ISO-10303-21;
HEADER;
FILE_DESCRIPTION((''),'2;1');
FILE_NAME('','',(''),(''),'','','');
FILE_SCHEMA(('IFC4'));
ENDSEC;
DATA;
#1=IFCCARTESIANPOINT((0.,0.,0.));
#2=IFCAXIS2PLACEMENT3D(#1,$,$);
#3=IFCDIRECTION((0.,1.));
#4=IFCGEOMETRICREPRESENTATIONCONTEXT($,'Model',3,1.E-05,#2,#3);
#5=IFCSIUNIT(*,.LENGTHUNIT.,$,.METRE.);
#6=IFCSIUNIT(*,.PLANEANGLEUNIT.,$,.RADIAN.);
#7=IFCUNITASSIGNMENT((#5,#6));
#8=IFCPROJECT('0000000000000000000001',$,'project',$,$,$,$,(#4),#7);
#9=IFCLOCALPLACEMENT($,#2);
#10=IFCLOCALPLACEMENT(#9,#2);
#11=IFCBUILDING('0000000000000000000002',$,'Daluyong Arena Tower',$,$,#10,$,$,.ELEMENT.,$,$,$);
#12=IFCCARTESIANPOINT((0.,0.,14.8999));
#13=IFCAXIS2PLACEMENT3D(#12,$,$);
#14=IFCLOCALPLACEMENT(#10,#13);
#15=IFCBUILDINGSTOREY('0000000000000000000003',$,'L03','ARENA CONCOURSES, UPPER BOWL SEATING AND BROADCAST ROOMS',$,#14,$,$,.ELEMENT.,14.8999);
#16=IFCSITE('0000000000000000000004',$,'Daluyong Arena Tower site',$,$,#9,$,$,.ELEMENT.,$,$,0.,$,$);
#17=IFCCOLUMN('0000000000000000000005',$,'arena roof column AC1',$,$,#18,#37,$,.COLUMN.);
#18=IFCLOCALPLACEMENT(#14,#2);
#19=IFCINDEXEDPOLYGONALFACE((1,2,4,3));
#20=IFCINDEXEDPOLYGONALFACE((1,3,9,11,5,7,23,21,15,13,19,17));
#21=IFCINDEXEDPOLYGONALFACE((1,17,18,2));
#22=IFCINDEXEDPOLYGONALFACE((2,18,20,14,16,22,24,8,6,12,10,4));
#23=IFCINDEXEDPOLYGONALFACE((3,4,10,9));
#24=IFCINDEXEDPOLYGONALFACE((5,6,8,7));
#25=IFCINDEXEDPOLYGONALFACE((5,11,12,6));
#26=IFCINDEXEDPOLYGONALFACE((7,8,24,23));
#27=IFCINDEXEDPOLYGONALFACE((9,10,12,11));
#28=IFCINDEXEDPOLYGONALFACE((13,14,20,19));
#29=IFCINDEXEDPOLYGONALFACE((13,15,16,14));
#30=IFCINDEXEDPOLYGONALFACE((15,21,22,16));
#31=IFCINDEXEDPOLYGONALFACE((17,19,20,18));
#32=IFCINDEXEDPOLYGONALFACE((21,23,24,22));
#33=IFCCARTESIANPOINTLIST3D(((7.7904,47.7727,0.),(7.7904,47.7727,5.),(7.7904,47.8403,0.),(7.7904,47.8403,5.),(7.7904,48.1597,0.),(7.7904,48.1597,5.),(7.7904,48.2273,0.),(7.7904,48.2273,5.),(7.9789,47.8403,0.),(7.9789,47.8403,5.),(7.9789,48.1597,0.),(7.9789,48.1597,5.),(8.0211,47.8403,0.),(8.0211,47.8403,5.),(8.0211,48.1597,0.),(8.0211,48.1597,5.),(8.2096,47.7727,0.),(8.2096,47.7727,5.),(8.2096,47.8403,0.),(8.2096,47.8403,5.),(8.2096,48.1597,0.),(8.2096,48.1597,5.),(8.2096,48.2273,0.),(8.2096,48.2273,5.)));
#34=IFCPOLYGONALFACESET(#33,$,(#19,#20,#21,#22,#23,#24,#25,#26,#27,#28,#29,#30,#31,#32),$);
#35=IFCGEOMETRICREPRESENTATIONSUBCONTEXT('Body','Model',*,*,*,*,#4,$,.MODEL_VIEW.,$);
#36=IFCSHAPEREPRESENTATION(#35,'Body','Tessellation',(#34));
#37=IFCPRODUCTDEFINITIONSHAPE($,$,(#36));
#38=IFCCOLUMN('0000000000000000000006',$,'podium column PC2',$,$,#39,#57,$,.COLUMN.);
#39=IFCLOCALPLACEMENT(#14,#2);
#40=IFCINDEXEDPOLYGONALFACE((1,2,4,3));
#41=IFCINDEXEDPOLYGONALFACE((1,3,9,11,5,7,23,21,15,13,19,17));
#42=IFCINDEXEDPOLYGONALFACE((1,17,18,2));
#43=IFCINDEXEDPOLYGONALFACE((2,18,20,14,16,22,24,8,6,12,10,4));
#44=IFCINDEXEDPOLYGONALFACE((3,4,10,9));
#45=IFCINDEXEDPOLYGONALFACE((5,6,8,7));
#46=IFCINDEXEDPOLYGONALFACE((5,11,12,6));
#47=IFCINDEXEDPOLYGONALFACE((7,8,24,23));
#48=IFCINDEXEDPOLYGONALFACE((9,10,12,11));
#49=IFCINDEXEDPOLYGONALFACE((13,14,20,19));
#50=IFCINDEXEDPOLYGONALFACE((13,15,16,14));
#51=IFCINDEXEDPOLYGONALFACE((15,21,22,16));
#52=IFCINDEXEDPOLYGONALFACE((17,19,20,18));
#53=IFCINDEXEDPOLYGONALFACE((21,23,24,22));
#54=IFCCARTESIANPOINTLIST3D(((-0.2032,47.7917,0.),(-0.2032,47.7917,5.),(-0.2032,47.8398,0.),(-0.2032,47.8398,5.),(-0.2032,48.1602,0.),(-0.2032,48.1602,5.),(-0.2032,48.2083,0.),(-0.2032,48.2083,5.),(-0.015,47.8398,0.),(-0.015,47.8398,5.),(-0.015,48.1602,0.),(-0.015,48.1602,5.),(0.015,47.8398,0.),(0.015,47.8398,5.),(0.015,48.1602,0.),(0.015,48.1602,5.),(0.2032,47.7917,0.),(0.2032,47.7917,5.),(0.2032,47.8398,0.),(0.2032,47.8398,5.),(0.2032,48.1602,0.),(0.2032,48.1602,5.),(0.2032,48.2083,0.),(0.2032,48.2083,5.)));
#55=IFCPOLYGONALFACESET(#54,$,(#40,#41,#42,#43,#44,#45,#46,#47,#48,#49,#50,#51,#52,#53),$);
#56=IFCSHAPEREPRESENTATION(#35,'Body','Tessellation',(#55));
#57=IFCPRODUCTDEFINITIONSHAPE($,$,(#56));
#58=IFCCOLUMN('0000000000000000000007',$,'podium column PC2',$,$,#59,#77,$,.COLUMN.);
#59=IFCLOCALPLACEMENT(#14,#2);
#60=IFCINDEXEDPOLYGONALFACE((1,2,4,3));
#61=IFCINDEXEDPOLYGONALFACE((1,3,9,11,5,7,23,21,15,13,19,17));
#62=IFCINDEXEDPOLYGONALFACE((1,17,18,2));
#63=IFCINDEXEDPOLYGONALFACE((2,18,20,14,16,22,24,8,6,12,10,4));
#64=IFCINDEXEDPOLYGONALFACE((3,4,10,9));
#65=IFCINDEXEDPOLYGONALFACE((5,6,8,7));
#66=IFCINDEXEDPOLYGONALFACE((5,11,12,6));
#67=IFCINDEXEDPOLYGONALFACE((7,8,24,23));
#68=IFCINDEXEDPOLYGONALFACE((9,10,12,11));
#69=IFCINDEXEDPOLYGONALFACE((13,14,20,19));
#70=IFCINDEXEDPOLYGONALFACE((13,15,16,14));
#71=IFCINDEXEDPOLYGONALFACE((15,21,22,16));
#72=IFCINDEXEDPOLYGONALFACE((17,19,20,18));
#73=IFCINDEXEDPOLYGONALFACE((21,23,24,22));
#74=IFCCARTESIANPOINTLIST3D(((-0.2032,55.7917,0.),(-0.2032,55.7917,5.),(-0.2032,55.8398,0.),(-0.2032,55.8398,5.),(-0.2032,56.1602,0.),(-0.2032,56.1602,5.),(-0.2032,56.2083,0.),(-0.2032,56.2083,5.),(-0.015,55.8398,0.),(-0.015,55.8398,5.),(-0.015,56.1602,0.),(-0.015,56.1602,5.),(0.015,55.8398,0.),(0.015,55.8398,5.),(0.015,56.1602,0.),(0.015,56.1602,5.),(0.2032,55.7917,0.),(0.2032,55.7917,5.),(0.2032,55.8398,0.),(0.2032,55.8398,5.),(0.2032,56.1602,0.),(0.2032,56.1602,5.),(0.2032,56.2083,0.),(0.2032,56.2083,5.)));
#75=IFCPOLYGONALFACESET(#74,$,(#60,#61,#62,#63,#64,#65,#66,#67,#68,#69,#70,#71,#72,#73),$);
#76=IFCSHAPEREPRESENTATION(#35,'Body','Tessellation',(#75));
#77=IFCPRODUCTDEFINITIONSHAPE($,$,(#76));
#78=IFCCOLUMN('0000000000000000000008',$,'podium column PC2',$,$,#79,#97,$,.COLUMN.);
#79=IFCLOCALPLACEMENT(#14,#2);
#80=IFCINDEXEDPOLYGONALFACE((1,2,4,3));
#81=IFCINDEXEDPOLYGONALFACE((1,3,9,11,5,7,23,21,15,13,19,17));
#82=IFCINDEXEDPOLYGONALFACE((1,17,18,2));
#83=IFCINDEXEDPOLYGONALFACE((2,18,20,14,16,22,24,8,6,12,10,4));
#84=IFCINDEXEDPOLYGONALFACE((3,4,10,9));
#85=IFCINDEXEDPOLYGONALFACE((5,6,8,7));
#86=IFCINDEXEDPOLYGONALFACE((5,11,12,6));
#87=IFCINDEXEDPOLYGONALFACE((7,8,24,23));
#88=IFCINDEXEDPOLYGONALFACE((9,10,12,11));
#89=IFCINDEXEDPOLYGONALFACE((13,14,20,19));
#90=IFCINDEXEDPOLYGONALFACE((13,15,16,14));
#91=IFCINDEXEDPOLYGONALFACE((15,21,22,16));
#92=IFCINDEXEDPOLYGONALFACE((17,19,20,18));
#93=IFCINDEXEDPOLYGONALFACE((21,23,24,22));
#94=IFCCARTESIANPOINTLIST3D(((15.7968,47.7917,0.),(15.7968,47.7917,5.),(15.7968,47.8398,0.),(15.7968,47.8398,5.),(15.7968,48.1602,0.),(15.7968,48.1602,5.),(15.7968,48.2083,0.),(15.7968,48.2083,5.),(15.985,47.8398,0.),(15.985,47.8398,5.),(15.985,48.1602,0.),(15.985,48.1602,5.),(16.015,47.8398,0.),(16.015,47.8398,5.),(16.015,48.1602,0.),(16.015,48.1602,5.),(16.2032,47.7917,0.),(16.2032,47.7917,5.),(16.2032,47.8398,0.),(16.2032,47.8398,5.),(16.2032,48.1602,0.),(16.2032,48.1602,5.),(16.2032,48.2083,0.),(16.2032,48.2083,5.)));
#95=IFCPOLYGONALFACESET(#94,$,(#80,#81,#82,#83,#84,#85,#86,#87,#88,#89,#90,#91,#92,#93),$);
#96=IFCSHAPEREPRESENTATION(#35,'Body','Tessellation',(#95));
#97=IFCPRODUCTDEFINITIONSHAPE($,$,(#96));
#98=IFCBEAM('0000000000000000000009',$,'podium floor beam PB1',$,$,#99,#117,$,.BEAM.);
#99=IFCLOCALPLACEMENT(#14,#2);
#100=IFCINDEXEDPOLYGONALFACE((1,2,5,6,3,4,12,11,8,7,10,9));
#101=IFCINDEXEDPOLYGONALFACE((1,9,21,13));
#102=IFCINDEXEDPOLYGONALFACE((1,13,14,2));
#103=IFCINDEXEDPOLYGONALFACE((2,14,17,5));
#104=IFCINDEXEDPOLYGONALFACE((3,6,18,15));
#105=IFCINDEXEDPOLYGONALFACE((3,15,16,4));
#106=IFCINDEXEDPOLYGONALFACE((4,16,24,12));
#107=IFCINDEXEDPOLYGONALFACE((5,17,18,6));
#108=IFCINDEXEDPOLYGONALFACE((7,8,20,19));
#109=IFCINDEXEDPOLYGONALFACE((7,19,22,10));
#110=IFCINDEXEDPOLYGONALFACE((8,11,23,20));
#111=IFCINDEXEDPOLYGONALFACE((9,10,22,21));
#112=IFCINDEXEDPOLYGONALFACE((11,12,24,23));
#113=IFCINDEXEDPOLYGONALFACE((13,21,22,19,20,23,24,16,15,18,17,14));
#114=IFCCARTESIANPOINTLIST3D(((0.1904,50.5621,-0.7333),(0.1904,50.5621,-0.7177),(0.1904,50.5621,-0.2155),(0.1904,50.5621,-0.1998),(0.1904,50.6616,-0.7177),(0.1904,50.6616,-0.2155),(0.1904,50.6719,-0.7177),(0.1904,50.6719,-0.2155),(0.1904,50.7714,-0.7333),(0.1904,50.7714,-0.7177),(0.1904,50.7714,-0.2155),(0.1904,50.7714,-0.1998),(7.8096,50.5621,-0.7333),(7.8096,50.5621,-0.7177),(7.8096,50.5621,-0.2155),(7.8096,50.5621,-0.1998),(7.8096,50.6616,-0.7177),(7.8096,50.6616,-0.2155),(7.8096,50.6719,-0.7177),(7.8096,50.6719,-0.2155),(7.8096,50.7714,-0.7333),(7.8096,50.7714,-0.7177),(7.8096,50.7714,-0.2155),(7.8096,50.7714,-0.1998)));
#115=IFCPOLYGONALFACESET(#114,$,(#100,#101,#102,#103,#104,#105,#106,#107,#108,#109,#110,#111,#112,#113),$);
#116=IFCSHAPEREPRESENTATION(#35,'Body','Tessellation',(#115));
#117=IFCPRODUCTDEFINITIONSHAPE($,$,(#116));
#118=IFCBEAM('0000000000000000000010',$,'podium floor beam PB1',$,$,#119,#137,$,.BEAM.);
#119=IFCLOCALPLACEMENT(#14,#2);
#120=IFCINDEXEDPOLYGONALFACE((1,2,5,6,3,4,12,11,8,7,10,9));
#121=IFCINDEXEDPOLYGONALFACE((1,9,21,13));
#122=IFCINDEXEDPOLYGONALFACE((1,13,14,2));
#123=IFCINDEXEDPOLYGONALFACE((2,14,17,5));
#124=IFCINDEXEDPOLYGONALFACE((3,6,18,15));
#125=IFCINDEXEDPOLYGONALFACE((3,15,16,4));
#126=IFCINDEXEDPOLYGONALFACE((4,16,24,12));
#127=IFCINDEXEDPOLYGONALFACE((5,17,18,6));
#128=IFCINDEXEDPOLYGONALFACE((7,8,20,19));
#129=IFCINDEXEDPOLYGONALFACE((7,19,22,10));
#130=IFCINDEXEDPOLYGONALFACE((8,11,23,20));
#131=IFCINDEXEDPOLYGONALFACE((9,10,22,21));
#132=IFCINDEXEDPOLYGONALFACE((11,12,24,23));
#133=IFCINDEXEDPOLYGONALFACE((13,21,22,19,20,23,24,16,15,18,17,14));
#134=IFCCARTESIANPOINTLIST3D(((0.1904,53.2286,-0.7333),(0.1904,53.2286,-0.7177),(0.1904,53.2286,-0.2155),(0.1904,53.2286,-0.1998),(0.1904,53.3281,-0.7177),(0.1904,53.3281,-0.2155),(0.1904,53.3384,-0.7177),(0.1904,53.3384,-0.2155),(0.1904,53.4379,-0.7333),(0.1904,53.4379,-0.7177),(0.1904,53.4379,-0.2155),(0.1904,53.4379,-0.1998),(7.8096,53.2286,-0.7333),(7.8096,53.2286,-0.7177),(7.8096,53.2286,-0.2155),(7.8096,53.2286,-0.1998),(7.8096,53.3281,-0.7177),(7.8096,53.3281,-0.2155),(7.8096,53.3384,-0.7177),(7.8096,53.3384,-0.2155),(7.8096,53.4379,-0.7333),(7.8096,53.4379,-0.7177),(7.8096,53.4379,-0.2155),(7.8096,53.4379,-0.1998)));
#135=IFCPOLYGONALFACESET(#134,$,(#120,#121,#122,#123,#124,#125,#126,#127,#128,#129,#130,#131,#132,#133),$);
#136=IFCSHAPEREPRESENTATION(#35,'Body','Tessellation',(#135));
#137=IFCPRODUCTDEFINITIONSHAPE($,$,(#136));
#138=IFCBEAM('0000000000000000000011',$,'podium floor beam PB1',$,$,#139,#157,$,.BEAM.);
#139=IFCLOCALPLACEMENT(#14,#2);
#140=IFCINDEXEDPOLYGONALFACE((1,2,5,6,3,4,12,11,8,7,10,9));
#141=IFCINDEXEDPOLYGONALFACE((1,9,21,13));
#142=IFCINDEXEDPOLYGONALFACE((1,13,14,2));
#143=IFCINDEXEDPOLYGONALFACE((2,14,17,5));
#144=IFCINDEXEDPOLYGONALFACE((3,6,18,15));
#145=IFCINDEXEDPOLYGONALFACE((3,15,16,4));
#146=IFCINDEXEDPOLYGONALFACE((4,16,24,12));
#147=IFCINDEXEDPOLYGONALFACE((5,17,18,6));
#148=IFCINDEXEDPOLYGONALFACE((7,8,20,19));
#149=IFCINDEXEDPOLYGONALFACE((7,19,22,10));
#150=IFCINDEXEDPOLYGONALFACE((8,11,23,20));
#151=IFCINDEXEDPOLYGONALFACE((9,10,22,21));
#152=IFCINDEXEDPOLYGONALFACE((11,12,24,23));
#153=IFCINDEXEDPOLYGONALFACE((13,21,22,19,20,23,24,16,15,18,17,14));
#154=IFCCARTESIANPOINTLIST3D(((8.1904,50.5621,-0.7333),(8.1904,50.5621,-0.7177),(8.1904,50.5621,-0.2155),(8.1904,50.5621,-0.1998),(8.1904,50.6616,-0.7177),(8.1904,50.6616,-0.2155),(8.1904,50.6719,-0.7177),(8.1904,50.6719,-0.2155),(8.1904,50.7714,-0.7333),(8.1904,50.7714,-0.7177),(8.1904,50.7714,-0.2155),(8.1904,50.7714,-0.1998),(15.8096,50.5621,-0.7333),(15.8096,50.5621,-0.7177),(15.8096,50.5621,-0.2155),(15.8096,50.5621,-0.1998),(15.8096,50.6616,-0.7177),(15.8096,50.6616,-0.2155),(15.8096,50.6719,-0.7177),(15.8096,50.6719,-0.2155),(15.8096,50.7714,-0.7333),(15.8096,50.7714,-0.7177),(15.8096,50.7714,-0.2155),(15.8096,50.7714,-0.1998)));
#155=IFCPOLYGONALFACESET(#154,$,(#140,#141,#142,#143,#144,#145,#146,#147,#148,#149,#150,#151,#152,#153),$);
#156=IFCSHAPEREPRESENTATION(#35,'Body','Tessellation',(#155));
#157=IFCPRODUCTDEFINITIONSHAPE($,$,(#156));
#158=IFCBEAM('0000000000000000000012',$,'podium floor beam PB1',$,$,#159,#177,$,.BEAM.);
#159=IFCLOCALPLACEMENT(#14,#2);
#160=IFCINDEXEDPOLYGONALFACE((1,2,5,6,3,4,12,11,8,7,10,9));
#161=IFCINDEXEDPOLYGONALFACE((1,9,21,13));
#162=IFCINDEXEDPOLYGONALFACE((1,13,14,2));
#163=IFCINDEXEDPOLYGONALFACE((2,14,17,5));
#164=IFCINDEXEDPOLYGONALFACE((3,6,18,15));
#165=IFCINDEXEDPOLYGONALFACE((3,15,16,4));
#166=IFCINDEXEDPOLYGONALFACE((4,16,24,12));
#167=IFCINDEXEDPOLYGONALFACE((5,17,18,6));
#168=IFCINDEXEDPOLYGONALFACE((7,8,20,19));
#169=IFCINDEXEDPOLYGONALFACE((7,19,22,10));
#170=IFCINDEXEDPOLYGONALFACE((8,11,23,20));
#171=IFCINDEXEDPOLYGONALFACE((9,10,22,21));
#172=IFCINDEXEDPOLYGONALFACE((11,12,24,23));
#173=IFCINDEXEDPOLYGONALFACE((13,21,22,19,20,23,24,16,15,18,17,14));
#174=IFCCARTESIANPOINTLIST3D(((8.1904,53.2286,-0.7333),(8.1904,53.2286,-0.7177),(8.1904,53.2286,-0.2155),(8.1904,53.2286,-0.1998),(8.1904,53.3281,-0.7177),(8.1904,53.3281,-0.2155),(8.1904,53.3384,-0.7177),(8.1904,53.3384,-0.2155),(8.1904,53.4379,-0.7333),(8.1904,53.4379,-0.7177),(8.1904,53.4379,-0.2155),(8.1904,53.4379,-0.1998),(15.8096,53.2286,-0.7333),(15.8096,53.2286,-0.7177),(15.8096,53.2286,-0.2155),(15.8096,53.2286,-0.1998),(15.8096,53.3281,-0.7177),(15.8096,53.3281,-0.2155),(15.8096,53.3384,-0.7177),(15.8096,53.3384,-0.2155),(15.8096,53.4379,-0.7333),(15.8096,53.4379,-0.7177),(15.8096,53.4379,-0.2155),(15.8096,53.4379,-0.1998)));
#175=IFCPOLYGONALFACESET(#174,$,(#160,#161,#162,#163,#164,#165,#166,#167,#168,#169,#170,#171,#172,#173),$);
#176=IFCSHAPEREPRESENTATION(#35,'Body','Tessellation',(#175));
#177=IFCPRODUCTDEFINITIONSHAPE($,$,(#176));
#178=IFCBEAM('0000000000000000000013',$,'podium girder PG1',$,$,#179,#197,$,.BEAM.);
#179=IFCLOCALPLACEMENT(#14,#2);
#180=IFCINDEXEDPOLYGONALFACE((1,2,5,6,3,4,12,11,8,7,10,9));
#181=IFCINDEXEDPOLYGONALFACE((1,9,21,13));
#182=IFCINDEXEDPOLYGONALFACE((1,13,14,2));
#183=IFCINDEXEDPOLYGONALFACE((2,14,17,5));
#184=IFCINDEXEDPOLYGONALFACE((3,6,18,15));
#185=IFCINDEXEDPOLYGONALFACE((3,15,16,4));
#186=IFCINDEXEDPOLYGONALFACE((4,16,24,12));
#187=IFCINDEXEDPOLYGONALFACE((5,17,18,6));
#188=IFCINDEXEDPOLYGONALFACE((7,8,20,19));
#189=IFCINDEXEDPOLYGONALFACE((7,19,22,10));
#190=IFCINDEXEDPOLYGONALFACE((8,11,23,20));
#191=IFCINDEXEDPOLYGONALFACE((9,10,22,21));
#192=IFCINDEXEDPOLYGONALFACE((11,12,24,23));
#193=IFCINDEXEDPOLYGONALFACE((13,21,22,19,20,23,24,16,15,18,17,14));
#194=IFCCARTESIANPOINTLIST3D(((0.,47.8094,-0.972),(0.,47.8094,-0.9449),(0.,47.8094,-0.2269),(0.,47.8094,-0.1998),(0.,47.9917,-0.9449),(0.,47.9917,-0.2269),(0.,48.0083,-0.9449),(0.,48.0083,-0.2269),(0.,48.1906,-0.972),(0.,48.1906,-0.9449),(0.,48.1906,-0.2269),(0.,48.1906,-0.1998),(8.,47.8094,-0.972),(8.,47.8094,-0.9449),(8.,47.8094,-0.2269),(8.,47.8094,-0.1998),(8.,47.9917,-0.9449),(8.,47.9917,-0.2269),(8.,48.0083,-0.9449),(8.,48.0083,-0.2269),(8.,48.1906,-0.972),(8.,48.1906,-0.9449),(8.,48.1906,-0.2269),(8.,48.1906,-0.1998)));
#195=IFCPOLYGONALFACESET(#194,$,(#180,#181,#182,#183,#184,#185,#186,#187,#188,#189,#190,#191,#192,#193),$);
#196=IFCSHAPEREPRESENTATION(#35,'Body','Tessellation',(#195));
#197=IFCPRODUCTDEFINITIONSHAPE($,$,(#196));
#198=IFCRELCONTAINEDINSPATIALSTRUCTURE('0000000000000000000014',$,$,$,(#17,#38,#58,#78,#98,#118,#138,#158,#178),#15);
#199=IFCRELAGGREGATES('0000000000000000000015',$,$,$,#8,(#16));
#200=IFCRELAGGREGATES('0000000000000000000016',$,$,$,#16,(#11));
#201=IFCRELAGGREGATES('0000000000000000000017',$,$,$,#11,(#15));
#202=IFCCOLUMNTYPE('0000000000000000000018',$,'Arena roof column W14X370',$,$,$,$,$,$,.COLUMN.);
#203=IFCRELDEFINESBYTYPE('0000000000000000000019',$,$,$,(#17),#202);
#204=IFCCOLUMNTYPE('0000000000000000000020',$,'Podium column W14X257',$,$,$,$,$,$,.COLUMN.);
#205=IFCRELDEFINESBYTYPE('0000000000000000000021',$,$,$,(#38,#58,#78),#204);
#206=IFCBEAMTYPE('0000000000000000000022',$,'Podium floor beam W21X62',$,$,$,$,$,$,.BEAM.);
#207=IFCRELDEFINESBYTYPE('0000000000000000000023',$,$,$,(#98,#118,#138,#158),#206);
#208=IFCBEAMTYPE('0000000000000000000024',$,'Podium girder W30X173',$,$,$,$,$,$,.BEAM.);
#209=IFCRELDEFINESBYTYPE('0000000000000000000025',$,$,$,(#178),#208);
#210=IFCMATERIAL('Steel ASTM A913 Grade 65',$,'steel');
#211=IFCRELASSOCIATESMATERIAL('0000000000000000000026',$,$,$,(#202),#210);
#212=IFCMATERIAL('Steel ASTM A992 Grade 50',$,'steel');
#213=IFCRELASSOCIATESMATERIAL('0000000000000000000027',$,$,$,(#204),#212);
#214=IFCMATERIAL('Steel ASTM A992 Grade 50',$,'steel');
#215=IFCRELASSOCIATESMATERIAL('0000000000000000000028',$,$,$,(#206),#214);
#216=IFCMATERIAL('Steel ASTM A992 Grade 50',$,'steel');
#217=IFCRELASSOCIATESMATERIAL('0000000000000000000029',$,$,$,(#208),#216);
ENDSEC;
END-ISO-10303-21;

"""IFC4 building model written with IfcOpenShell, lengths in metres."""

from ifc_helpers import new_model, si_unit, direction, frame, origin, origin_2d, place, context, subcontext, project, spatial, i_section, extrude, material, material_profile, profile_set, type_object, element, save


model = new_model("IFC4")

# Units and contexts
model_context = context("Model", 3, precision=1e-05, world=origin(), true_north=direction((0.0, 1.0)))
body_context = subcontext(model_context, "Body", "Model", "MODEL_VIEW")
ifc_project = project(units=[si_unit("LENGTHUNIT", "METRE"), si_unit("PLANEANGLEUNIT", "RADIAN")], contexts=[model_context])

# Site, building, storey
site_placement = place(None, origin())
site = spatial("IfcSite", under=ifc_project, at=site_placement, Name="Daluyong Arena Tower site", CompositionType="ELEMENT", RefElevation=0.0)
building_placement = place(site_placement, origin())
building = spatial("IfcBuilding", under=site, at=building_placement, Name="Daluyong Arena Tower", CompositionType="ELEMENT")
storey_placement = place(building_placement, frame((0.0, 0.0, 14.8999)))
storey = spatial("IfcBuildingStorey", under=building, at=storey_placement, Name="L03", Description="ARENA CONCOURSES, UPPER BOWL SEATING AND BROADCAST ROOMS", CompositionType="ELEMENT", Elevation=14.8999)

# Columns
ifc_material_1 = material(Name="Steel ASTM A913 Grade 65", Category="steel")
ifc_material_profile_1 = material_profile(ifc_material_1, i_section(OverallWidth=0.4192, OverallDepth=0.4546, WebThickness=0.0422, FlangeThickness=0.0676, at=origin_2d()))
ifc_profile_set_1 = profile_set([ifc_material_profile_1], Name="Steel ASTM A913 Grade 65")
column_type_1 = type_object("IfcColumnType", Name="Arena roof column W14X370", PredefinedType="COLUMN", material=ifc_profile_set_1)
column_placement = place(storey_placement, frame((8.0, 48.0, 0.0), z_axis=(0.0, 0.0, 1.0), x_axis=(1.0, 0.0, 0.0)))
element("IfcColumn", 1, at=column_placement, inside=storey, type_object=column_type_1, Name="arena roof column AC1", PredefinedType="COLUMN", context=body_context, shape_type="SweptSolid", body=[
    extrude(i_section(OverallWidth=0.4192, OverallDepth=0.4546, WebThickness=0.0422, FlangeThickness=0.0676, at=origin_2d()), origin(), (0.0, 0.0, 1.0), 5.0),
])
ifc_material_2 = material(Name="Steel ASTM A992 Grade 50", Category="steel")
ifc_material_profile_2 = material_profile(ifc_material_2, i_section(OverallWidth=0.4065, OverallDepth=0.4165, WebThickness=0.03, FlangeThickness=0.0481, at=origin_2d()))
ifc_profile_set_2 = profile_set([ifc_material_profile_2], Name="Steel ASTM A992 Grade 50")
column_type_2 = type_object("IfcColumnType", Name="Podium column W14X257", PredefinedType="COLUMN", material=ifc_profile_set_2)
for number, where, z_axis, x_axis, name in (
    (2, (0.0, 48.0, 0.0), (0.0, 0.0, 1.0), (1.0, 0.0, 0.0), "podium column PC2"),
    (3, (0.0, 56.0, 0.0), (0.0, 0.0, 1.0), (1.0, 0.0, 0.0), "podium column PC2"),
    (4, (16.0, 48.0, 0.0), (0.0, 0.0, 1.0), (1.0, 0.0, 0.0), "podium column PC2"),
):
    element("IfcColumn", number, at=place(storey_placement, frame(where, z_axis=z_axis, x_axis=x_axis)), inside=storey, type_object=column_type_2, Name=name, PredefinedType="COLUMN", context=body_context, shape_type="SweptSolid", body=[
        extrude(i_section(OverallWidth=0.4065, OverallDepth=0.4165, WebThickness=0.03, FlangeThickness=0.0481, at=origin_2d()), origin(), (0.0, 0.0, 1.0), 5.0),
    ])

# Beams
ifc_material_3 = material(Name="Steel ASTM A992 Grade 50", Category="steel")
ifc_material_profile_3 = material_profile(ifc_material_3, i_section(OverallWidth=0.2092, OverallDepth=0.5334, WebThickness=0.0103, FlangeThickness=0.0156, at=origin_2d()))
ifc_profile_set_3 = profile_set([ifc_material_profile_3], Name="Steel ASTM A992 Grade 50")
beam_type_1 = type_object("IfcBeamType", Name="Podium floor beam W21X62", PredefinedType="BEAM", material=ifc_profile_set_3)
for number, where, z_axis, x_axis, name in (
    (5, (0.1904, 50.6667, -0.4666), (1.0, 0.0, 0.0), (0.0, 1.0, 0.0), "podium floor beam PB1"),
    (6, (0.1904, 53.3333, -0.4666), (1.0, 0.0, 0.0), (0.0, 1.0, 0.0), "podium floor beam PB1"),
    (7, (8.1904, 50.6667, -0.4666), (1.0, 0.0, 0.0), (0.0, 1.0, 0.0), "podium floor beam PB1"),
    (8, (8.1904, 53.3333, -0.4666), (1.0, 0.0, 0.0), (0.0, 1.0, 0.0), "podium floor beam PB1"),
):
    element("IfcBeam", number, at=place(storey_placement, frame(where, z_axis=z_axis, x_axis=x_axis)), inside=storey, type_object=beam_type_1, Name=name, PredefinedType="BEAM", context=body_context, shape_type="SweptSolid", body=[
        extrude(i_section(OverallWidth=0.2092, OverallDepth=0.5334, WebThickness=0.0103, FlangeThickness=0.0156, at=origin_2d()), origin(), (0.0, 0.0, 1.0), 7.6191),
    ])
ifc_material_4 = material(Name="Steel ASTM A992 Grade 50", Category="steel")
ifc_material_profile_4 = material_profile(ifc_material_4, i_section(OverallWidth=0.3811, OverallDepth=0.7722, WebThickness=0.0166, FlangeThickness=0.0271, at=origin_2d()))
ifc_profile_set_4 = profile_set([ifc_material_profile_4], Name="Steel ASTM A992 Grade 50")
beam_type_2 = type_object("IfcBeamType", Name="Podium girder W30X173", PredefinedType="BEAM", material=ifc_profile_set_4)
for number, where, z_axis, x_axis, name in (
    (9, (0.0, 48.0, -0.5859), (1.0, 0.0, 0.0), (0.0, 1.0, 0.0), "podium girder PG1"),
):
    element("IfcBeam", number, at=place(storey_placement, frame(where, z_axis=z_axis, x_axis=x_axis)), inside=storey, type_object=beam_type_2, Name=name, PredefinedType="BEAM", context=body_context, shape_type="SweptSolid", body=[
        extrude(i_section(OverallWidth=0.3811, OverallDepth=0.7722, WebThickness=0.0166, FlangeThickness=0.0271, at=origin_2d()), origin(), (0.0, 0.0, 1.0), 8.0),
    ])

save(model, "model.ifc")
